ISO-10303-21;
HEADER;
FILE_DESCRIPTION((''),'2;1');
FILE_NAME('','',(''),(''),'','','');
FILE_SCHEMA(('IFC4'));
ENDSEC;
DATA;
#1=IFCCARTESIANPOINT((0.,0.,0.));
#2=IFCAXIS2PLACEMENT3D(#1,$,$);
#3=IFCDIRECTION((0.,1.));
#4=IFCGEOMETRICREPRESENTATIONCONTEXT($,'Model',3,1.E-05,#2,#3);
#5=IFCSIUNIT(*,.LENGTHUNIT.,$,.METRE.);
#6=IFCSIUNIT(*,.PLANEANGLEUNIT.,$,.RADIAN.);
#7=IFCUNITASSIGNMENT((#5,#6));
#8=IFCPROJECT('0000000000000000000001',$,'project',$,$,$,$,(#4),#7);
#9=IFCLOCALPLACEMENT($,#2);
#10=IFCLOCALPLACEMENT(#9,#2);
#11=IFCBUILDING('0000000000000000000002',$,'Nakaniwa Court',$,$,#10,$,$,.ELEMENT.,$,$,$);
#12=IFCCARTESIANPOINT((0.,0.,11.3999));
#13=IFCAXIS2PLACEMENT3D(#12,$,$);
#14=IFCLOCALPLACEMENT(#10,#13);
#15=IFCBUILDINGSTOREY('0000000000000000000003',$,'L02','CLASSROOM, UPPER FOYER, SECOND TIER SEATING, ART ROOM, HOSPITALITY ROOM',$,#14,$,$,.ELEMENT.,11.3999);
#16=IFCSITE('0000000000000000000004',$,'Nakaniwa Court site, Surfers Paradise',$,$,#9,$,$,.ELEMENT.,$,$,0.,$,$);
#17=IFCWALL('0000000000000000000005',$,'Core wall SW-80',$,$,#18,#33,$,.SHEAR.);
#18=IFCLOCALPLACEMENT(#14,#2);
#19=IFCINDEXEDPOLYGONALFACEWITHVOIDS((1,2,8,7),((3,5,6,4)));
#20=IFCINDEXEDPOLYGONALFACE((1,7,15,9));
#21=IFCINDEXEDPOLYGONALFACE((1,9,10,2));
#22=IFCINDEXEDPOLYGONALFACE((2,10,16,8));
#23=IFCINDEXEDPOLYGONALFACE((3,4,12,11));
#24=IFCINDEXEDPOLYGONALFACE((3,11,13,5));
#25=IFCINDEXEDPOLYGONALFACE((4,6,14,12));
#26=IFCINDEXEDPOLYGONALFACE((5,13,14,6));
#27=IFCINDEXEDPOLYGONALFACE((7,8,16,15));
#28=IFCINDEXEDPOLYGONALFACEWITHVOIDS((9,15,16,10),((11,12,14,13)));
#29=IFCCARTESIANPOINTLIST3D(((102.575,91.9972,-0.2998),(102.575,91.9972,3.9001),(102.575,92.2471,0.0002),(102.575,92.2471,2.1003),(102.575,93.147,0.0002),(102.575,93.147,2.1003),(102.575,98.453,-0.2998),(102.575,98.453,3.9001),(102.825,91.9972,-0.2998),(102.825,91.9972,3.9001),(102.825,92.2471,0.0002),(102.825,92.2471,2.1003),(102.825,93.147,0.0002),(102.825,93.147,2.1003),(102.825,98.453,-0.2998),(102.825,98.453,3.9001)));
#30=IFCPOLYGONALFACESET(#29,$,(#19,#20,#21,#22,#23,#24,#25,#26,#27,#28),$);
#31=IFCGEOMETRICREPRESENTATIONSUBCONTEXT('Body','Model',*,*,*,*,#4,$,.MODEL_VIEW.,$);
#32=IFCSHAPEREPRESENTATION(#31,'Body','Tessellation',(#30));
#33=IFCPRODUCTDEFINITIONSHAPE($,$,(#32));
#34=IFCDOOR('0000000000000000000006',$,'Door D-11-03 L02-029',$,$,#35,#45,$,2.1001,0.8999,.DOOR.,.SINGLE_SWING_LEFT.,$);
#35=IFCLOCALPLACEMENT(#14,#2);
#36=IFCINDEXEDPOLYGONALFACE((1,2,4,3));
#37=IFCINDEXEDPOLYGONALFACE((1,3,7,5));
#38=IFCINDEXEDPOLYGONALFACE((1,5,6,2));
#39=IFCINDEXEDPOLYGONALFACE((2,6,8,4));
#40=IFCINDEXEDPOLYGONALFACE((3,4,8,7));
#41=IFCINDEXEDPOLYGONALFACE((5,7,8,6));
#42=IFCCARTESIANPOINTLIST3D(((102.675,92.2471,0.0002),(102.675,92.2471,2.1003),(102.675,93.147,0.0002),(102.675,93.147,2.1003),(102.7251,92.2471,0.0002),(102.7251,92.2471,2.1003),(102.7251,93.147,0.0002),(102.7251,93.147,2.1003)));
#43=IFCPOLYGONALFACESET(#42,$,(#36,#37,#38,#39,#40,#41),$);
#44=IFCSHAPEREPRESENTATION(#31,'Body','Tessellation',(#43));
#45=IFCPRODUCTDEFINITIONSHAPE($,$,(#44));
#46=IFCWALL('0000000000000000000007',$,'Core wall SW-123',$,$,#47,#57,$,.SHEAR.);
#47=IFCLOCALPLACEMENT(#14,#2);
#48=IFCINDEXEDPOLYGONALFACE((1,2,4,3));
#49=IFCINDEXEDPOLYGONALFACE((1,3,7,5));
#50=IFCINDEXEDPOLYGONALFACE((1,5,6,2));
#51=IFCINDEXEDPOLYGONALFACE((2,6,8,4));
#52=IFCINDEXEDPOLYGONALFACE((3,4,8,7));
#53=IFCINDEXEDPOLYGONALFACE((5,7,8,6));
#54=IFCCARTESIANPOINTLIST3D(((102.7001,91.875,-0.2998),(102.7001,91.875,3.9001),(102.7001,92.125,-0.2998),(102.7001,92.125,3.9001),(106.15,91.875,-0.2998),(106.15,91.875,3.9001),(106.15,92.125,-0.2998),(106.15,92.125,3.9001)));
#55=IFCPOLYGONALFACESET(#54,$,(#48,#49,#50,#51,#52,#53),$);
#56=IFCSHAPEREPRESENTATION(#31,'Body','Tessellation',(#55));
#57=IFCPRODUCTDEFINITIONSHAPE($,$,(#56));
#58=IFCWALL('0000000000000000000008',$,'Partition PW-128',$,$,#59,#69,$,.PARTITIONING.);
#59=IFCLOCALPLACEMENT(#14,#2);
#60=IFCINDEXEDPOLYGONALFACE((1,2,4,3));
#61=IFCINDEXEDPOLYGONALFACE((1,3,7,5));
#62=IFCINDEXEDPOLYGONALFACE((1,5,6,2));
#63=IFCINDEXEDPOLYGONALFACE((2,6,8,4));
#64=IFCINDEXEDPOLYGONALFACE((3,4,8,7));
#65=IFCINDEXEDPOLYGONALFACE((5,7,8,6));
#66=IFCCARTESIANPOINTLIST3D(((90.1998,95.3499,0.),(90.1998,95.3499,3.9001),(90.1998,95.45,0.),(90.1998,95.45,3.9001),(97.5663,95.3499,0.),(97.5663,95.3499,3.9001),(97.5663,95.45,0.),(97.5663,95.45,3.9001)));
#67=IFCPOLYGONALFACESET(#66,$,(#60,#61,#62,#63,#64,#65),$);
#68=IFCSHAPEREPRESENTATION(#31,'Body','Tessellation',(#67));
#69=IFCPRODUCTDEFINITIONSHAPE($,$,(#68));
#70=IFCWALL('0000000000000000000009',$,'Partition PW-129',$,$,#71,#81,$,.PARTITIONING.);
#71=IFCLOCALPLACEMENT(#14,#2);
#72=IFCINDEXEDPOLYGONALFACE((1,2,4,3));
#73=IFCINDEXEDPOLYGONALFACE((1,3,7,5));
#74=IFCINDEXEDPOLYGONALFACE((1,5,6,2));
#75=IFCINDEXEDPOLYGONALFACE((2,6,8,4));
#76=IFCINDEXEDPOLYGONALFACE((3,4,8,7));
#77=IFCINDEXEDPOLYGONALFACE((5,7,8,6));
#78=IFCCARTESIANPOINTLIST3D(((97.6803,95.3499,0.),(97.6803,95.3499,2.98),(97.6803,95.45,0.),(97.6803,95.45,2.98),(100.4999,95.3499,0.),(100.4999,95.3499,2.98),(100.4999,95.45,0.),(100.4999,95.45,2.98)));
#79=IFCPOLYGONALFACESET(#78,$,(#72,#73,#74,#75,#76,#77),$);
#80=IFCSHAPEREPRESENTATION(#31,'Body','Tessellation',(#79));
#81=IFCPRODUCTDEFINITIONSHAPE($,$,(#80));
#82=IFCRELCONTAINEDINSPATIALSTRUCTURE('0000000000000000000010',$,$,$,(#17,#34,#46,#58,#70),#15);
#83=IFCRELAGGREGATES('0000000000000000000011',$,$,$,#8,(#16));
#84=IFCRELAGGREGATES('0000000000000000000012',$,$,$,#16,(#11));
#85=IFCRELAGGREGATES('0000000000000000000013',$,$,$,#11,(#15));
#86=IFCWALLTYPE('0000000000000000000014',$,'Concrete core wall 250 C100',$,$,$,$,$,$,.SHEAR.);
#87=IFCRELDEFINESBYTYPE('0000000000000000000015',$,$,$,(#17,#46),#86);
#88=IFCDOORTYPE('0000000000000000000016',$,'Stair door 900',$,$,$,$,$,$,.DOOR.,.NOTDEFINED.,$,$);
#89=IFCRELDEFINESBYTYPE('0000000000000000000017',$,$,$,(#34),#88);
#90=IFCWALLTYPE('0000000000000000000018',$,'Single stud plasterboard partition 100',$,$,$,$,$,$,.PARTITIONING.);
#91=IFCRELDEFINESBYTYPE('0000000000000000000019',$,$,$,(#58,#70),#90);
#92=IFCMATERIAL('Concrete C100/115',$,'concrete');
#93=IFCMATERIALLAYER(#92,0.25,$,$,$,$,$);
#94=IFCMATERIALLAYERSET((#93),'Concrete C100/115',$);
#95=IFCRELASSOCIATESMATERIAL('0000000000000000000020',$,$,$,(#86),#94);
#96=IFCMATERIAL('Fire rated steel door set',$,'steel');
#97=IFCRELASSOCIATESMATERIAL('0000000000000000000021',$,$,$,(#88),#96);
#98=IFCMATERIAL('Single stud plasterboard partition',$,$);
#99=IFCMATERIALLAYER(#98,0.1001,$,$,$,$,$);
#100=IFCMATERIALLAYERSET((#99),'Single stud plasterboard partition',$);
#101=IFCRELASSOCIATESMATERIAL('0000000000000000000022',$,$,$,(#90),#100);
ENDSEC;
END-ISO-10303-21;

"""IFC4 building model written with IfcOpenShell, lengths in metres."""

from ifc_helpers import new_model, si_unit, direction, frame, frame_2d, origin, place, context, subcontext, project, spatial, rectangle, extrude, material, layer, layer_set, type_object, element, fill, save


model = new_model("IFC4")

# Units and contexts
model_context = context("Model", 3, precision=1e-05, world=origin(), true_north=direction((0.0, 1.0)))
body_context = subcontext(model_context, "Body", "Model", "MODEL_VIEW")
ifc_project = project(units=[si_unit("LENGTHUNIT", "METRE"), si_unit("PLANEANGLEUNIT", "RADIAN")], contexts=[model_context])

# Site, building, storey
site_placement = place(None, origin())
site = spatial("IfcSite", under=ifc_project, at=site_placement, Name="Nakaniwa Court site, Surfers Paradise", CompositionType="ELEMENT", RefElevation=0.0)
building_placement = place(site_placement, origin())
building = spatial("IfcBuilding", under=site, at=building_placement, Name="Nakaniwa Court", CompositionType="ELEMENT")
storey_placement = place(building_placement, frame((0.0, 0.0, 11.3999)))
storey = spatial("IfcBuildingStorey", under=building, at=storey_placement, Name="L02", Description="CLASSROOM, UPPER FOYER, SECOND TIER SEATING, ART ROOM, HOSPITALITY ROOM", CompositionType="ELEMENT", Elevation=11.3999)

# Shared definitions
ifc_material_1 = material(Name="Concrete C100/115", Category="concrete")

# Wall, opening, door
ifc_layer_1 = layer(ifc_material_1, 0.25)
ifc_layer_set_1 = layer_set([ifc_layer_1], Name="Concrete C100/115")
wall_type_1 = type_object("IfcWallType", Name="Concrete core wall 250 C100", PredefinedType="SHEAR", material=ifc_layer_set_1)
wall_1_placement = place(storey_placement, frame((102.7, 91.9971, -0.2998), z_axis=(0.0, 0.0, 1.0), x_axis=(0.0, 1.0, 0.0)))
wall_1 = element("IfcWall", 1, at=wall_1_placement, inside=storey, type_object=wall_type_1, Name="Core wall SW-80", PredefinedType="SHEAR", context=body_context, shape_type="SweptSolid", body=[
    extrude(rectangle(XDim=6.4558, YDim=0.25, at=frame_2d((3.228, 0.0))), origin(), (0.0, 0.0, 1.0), 4.2),
])
opening_1_placement = place(wall_1_placement, frame((0.25, 0.0, 0.3)))
opening_1 = element("IfcOpeningElement", 2, at=opening_1_placement, cuts=wall_1, PredefinedType="OPENING", context=body_context, shape_type="SweptSolid", body=[
    extrude(rectangle(XDim=0.8999, YDim=2.1001, at=frame_2d((0.45, 1.05))), frame((0.0, 0.135, 0.0), z_axis=(0.0, -1.0, 0.0), x_axis=(1.0, 0.0, 0.0)), (0.0, 0.0, 1.0), 0.27),
])
ifc_material_2 = material(Name="Fire rated steel door set", Category="steel")
door_type_1 = type_object("IfcDoorType", Name="Stair door 900", OperationType="NOTDEFINED", PredefinedType="DOOR", material=ifc_material_2)
door_1_placement = place(opening_1_placement, origin())
door_1 = element("IfcDoor", 3, at=door_1_placement, inside=storey, type_object=door_type_1, Name="Door D-11-03 L02-029", OperationType="SINGLE_SWING_LEFT", OverallHeight=2.1001, OverallWidth=0.8999, PredefinedType="DOOR", context=body_context, shape_type="SweptSolid", body=[
    extrude(rectangle(XDim=0.8999, YDim=2.1001, at=frame_2d((0.45, 1.05))), frame((0.0, 0.0249, 0.0), z_axis=(0.0, -1.0, 0.0), x_axis=(1.0, 0.0, 0.0)), (0.0, 0.0, 1.0), 0.05),
])
fill(opening_1, door_1)

# Walls
wall_2_placement = place(storey_placement, frame((102.7, 92.0, -0.2998), z_axis=(0.0, 0.0, 1.0), x_axis=(1.0, 0.0, 0.0)))
element("IfcWall", 4, at=wall_2_placement, inside=storey, type_object=wall_type_1, Name="Core wall SW-123", PredefinedType="SHEAR", context=body_context, shape_type="SweptSolid", body=[
    extrude(rectangle(XDim=3.45, YDim=0.25, at=frame_2d((1.7251, 0.0))), origin(), (0.0, 0.0, 1.0), 4.2),
])
ifc_material_3 = material(Name="Single stud plasterboard partition")
ifc_layer_2 = layer(ifc_material_3, 0.1001)
ifc_layer_set_2 = layer_set([ifc_layer_2], Name="Single stud plasterboard partition")
wall_type_2 = type_object("IfcWallType", Name="Single stud plasterboard partition 100", PredefinedType="PARTITIONING", material=ifc_layer_set_2)
wall_3_placement = place(storey_placement, frame((90.2, 95.3999, 0.0), z_axis=(0.0, 0.0, 1.0), x_axis=(1.0, 0.0, 0.0)))
element("IfcWall", 5, at=wall_3_placement, inside=storey, type_object=wall_type_2, Name="Partition PW-128", PredefinedType="PARTITIONING", context=body_context, shape_type="SweptSolid", body=[
    extrude(rectangle(XDim=7.3665, YDim=0.1001, at=frame_2d((3.6831, 0.0))), origin(), (0.0, 0.0, 1.0), 3.9001),
])
wall_4_placement = place(storey_placement, frame((97.6804, 95.3999, 0.0), z_axis=(0.0, 0.0, 1.0), x_axis=(1.0, 0.0, 0.0)))
element("IfcWall", 6, at=wall_4_placement, inside=storey, type_object=wall_type_2, Name="Partition PW-129", PredefinedType="PARTITIONING", context=body_context, shape_type="SweptSolid", body=[
    extrude(rectangle(XDim=2.8196, YDim=0.1001, at=frame_2d((1.4097, 0.0))), origin(), (0.0, 0.0, 1.0), 2.98),
])

save(model, "model.ifc")
